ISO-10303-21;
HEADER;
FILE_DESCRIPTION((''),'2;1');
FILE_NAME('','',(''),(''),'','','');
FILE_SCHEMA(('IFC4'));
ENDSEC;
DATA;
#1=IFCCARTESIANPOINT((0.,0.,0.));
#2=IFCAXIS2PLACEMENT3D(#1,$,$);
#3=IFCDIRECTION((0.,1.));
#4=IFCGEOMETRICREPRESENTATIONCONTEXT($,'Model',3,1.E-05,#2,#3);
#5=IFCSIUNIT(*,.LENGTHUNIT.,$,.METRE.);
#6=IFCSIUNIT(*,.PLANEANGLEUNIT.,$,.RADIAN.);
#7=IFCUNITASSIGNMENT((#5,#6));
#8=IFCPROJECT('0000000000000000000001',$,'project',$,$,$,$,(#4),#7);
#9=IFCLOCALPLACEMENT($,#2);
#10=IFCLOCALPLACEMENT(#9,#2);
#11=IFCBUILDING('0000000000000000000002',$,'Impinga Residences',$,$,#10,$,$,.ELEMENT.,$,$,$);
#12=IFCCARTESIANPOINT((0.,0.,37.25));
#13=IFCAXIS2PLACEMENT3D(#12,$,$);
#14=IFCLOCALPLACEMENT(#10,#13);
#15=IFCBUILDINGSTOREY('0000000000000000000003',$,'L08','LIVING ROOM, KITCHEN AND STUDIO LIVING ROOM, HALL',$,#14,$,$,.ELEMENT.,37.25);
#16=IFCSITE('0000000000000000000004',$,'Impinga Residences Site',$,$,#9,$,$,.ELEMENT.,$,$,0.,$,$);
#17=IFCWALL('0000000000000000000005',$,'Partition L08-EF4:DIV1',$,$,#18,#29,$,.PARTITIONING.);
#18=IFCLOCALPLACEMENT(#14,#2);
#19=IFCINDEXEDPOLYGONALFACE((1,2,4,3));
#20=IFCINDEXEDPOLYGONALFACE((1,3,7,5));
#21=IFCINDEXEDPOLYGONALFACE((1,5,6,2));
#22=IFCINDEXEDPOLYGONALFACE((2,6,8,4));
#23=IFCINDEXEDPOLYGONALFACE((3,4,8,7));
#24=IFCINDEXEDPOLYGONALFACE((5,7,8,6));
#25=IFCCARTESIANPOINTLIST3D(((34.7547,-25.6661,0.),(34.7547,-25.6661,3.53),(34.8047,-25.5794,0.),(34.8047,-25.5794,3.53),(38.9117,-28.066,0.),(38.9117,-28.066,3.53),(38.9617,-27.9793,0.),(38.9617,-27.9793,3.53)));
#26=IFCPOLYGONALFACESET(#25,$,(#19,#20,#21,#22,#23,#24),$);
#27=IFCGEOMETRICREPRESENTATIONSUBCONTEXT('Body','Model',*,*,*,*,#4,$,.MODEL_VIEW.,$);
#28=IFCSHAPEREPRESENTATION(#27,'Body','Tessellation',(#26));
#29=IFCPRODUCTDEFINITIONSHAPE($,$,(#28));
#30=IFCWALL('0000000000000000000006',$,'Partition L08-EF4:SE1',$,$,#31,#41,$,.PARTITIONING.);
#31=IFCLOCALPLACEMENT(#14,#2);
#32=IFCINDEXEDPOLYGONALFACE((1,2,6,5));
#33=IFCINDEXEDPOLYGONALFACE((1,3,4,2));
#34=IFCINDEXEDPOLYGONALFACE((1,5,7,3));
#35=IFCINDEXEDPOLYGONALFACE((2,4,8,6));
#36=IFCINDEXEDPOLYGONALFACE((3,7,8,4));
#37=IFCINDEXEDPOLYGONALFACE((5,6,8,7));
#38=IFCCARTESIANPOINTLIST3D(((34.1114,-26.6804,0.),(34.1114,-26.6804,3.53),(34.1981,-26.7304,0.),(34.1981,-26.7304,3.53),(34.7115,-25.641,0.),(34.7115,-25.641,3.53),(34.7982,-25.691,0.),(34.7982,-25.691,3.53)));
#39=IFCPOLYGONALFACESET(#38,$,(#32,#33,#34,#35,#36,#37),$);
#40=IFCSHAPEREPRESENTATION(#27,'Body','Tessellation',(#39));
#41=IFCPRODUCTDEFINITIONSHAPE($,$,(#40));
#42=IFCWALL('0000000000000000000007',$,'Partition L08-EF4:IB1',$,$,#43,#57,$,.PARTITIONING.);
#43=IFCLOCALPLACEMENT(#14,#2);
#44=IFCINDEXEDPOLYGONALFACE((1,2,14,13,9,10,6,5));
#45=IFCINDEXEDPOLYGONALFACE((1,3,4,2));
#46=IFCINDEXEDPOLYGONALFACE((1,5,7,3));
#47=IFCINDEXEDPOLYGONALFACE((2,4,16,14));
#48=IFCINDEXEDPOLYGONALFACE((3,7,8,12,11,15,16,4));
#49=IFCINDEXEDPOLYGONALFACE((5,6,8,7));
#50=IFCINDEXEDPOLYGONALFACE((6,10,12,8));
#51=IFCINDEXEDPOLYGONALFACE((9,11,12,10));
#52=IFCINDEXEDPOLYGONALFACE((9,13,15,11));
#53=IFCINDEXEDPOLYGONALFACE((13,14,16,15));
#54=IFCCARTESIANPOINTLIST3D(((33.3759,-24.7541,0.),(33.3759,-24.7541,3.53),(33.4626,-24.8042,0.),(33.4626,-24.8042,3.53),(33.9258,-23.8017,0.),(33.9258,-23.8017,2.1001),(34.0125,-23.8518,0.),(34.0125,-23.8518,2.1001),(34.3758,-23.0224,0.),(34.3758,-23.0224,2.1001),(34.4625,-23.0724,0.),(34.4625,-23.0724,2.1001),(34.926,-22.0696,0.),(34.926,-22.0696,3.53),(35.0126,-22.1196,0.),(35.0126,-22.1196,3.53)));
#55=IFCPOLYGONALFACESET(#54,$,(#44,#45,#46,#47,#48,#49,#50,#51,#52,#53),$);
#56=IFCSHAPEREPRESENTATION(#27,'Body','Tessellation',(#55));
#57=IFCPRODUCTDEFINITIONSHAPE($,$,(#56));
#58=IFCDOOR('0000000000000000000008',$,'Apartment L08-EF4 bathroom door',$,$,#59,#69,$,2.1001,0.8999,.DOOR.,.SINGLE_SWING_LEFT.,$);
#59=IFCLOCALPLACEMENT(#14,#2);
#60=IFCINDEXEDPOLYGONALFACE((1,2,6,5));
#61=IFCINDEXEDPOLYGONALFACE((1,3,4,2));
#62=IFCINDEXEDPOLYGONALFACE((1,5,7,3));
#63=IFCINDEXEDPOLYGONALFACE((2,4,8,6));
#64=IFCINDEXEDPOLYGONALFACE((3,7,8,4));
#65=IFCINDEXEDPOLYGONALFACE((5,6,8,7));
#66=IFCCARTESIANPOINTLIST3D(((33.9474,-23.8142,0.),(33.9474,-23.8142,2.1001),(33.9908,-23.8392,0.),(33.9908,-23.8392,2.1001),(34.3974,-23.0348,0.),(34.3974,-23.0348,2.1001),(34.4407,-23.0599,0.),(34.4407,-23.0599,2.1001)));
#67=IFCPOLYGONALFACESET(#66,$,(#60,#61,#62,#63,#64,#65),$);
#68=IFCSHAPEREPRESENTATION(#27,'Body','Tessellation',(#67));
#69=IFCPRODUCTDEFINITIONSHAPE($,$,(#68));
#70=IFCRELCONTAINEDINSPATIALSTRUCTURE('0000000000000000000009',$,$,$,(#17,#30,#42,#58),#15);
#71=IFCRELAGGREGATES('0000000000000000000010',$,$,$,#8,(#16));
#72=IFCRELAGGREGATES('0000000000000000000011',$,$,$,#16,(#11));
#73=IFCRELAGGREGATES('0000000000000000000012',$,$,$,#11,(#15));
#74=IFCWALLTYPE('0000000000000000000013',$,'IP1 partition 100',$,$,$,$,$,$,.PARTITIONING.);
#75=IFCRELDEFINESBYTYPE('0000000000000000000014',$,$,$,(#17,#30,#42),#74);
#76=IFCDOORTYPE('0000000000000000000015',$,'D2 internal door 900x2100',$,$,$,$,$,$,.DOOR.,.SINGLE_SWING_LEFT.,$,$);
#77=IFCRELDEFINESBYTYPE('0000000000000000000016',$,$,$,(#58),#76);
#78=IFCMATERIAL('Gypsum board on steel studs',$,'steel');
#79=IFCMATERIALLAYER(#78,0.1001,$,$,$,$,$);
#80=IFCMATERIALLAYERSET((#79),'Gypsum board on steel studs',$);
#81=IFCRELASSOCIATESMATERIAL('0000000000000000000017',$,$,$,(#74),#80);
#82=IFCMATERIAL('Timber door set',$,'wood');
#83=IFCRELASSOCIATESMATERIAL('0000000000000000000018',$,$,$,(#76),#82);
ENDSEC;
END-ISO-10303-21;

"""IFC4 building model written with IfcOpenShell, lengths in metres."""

from ifc_helpers import new_model, si_unit, direction, frame, frame_2d, origin, place, context, subcontext, project, spatial, rectangle, extrude, material, layer, layer_set, type_object, element, fill, save


model = new_model("IFC4")

# Units and contexts
model_context = context("Model", 3, precision=1e-05, world=origin(), true_north=direction((0.0, 1.0)))
body_context = subcontext(model_context, "Body", "Model", "MODEL_VIEW")
ifc_project = project(units=[si_unit("LENGTHUNIT", "METRE"), si_unit("PLANEANGLEUNIT", "RADIAN")], contexts=[model_context])

# Site, building, storey
site_placement = place(None, origin())
site = spatial("IfcSite", under=ifc_project, at=site_placement, Name="Impinga Residences Site", CompositionType="ELEMENT", RefElevation=0.0)
building_placement = place(site_placement, origin())
building = spatial("IfcBuilding", under=site, at=building_placement, Name="Impinga Residences", CompositionType="ELEMENT")
storey_placement = place(building_placement, frame((0.0, 0.0, 37.25)))
storey = spatial("IfcBuildingStorey", under=building, at=storey_placement, Name="L08", Description="LIVING ROOM, KITCHEN AND STUDIO LIVING ROOM, HALL", CompositionType="ELEMENT", Elevation=37.25)

# Shared definitions
ifc_material_1 = material(Name="Gypsum board on steel studs", Category="steel")
ifc_layer_1 = layer(ifc_material_1, 0.1001)
ifc_layer_set_1 = layer_set([ifc_layer_1], Name="Gypsum board on steel studs")
wall_type_1 = type_object("IfcWallType", Name="IP1 partition 100", PredefinedType="PARTITIONING", material=ifc_layer_set_1)
ifc_material_2 = material(Name="Timber door set", Category="wood")
door_type = type_object("IfcDoorType", Name="D2 internal door 900x2100", OperationType="SINGLE_SWING_LEFT", PredefinedType="DOOR", material=ifc_material_2)

# Walls
wall_1_placement = place(storey_placement, frame((34.7798, -25.6228, 0.0), z_axis=(0.0, 0.0, 1.0), x_axis=(0.866037, -0.499979, 0.0)))
element("IfcWall", 1, at=wall_1_placement, inside=storey, type_object=wall_type_1, Name="Partition L08-EF4:DIV1", PredefinedType="PARTITIONING", context=body_context, shape_type="SweptSolid", body=[
    extrude(rectangle(XDim=4.8, YDim=0.1001, at=frame_2d((2.3999, 0.0))), origin(), (0.0, 0.0, 1.0), 3.53),
])
wall_2_placement = place(storey_placement, frame((34.7549, -25.666, 0.0), z_axis=(0.0, 0.0, 1.0), x_axis=(-0.500034, -0.866006, 0.0)))
element("IfcWall", 2, at=wall_2_placement, inside=storey, type_object=wall_type_1, Name="Partition L08-EF4:SE1", PredefinedType="PARTITIONING", context=body_context, shape_type="SweptSolid", body=[
    extrude(rectangle(XDim=1.2002, YDim=0.1001, at=frame_2d((0.6001, 0.0))), origin(), (0.0, 0.0, 1.0), 3.53),
])

# Wall, opening, door
wall_3_placement = place(storey_placement, frame((34.9692, -22.0947, 0.0), z_axis=(0.0, 0.0, 1.0), x_axis=(-0.500027, -0.86601, 0.0)))
wall_3 = element("IfcWall", 3, at=wall_3_placement, inside=storey, type_object=wall_type_1, Name="Partition L08-EF4:IB1", PredefinedType="PARTITIONING", context=body_context, shape_type="SweptSolid", body=[
    extrude(rectangle(XDim=3.0999, YDim=0.1001, at=frame_2d((1.5498, 0.0))), origin(), (0.0, 0.0, 1.0), 3.53),
])
opening_1_placement = place(wall_3_placement, frame((1.1001, 0.0, 0.0)))
opening_1 = element("IfcOpeningElement", 4, at=opening_1_placement, cuts=wall_3, PredefinedType="OPENING", context=body_context, shape_type="SweptSolid", body=[
    extrude(rectangle(XDim=0.8999, YDim=2.1001, at=frame_2d((0.45, 1.05))), frame((0.0, 0.0601, 0.0), z_axis=(0.0, -1.0, 0.0), x_axis=(1.0, 0.0, 0.0)), (0.0, 0.0, 1.0), 0.1201),
])
door_1_placement = place(opening_1_placement, origin())
door_1 = element("IfcDoor", 5, at=door_1_placement, inside=storey, type_object=door_type, Name="Apartment L08-EF4 bathroom door", OperationType="SINGLE_SWING_LEFT", OverallHeight=2.1001, OverallWidth=0.8999, PredefinedType="DOOR", context=body_context, shape_type="SweptSolid", body=[
    extrude(rectangle(XDim=0.8999, YDim=2.1001, at=frame_2d((0.45, 1.05))), frame((0.0, 0.0249, 0.0), z_axis=(0.0, -1.0, 0.0), x_axis=(1.0, 0.0, 0.0)), (0.0, 0.0, 1.0), 0.05),
])
fill(opening_1, door_1)

save(model, "model.ifc")
